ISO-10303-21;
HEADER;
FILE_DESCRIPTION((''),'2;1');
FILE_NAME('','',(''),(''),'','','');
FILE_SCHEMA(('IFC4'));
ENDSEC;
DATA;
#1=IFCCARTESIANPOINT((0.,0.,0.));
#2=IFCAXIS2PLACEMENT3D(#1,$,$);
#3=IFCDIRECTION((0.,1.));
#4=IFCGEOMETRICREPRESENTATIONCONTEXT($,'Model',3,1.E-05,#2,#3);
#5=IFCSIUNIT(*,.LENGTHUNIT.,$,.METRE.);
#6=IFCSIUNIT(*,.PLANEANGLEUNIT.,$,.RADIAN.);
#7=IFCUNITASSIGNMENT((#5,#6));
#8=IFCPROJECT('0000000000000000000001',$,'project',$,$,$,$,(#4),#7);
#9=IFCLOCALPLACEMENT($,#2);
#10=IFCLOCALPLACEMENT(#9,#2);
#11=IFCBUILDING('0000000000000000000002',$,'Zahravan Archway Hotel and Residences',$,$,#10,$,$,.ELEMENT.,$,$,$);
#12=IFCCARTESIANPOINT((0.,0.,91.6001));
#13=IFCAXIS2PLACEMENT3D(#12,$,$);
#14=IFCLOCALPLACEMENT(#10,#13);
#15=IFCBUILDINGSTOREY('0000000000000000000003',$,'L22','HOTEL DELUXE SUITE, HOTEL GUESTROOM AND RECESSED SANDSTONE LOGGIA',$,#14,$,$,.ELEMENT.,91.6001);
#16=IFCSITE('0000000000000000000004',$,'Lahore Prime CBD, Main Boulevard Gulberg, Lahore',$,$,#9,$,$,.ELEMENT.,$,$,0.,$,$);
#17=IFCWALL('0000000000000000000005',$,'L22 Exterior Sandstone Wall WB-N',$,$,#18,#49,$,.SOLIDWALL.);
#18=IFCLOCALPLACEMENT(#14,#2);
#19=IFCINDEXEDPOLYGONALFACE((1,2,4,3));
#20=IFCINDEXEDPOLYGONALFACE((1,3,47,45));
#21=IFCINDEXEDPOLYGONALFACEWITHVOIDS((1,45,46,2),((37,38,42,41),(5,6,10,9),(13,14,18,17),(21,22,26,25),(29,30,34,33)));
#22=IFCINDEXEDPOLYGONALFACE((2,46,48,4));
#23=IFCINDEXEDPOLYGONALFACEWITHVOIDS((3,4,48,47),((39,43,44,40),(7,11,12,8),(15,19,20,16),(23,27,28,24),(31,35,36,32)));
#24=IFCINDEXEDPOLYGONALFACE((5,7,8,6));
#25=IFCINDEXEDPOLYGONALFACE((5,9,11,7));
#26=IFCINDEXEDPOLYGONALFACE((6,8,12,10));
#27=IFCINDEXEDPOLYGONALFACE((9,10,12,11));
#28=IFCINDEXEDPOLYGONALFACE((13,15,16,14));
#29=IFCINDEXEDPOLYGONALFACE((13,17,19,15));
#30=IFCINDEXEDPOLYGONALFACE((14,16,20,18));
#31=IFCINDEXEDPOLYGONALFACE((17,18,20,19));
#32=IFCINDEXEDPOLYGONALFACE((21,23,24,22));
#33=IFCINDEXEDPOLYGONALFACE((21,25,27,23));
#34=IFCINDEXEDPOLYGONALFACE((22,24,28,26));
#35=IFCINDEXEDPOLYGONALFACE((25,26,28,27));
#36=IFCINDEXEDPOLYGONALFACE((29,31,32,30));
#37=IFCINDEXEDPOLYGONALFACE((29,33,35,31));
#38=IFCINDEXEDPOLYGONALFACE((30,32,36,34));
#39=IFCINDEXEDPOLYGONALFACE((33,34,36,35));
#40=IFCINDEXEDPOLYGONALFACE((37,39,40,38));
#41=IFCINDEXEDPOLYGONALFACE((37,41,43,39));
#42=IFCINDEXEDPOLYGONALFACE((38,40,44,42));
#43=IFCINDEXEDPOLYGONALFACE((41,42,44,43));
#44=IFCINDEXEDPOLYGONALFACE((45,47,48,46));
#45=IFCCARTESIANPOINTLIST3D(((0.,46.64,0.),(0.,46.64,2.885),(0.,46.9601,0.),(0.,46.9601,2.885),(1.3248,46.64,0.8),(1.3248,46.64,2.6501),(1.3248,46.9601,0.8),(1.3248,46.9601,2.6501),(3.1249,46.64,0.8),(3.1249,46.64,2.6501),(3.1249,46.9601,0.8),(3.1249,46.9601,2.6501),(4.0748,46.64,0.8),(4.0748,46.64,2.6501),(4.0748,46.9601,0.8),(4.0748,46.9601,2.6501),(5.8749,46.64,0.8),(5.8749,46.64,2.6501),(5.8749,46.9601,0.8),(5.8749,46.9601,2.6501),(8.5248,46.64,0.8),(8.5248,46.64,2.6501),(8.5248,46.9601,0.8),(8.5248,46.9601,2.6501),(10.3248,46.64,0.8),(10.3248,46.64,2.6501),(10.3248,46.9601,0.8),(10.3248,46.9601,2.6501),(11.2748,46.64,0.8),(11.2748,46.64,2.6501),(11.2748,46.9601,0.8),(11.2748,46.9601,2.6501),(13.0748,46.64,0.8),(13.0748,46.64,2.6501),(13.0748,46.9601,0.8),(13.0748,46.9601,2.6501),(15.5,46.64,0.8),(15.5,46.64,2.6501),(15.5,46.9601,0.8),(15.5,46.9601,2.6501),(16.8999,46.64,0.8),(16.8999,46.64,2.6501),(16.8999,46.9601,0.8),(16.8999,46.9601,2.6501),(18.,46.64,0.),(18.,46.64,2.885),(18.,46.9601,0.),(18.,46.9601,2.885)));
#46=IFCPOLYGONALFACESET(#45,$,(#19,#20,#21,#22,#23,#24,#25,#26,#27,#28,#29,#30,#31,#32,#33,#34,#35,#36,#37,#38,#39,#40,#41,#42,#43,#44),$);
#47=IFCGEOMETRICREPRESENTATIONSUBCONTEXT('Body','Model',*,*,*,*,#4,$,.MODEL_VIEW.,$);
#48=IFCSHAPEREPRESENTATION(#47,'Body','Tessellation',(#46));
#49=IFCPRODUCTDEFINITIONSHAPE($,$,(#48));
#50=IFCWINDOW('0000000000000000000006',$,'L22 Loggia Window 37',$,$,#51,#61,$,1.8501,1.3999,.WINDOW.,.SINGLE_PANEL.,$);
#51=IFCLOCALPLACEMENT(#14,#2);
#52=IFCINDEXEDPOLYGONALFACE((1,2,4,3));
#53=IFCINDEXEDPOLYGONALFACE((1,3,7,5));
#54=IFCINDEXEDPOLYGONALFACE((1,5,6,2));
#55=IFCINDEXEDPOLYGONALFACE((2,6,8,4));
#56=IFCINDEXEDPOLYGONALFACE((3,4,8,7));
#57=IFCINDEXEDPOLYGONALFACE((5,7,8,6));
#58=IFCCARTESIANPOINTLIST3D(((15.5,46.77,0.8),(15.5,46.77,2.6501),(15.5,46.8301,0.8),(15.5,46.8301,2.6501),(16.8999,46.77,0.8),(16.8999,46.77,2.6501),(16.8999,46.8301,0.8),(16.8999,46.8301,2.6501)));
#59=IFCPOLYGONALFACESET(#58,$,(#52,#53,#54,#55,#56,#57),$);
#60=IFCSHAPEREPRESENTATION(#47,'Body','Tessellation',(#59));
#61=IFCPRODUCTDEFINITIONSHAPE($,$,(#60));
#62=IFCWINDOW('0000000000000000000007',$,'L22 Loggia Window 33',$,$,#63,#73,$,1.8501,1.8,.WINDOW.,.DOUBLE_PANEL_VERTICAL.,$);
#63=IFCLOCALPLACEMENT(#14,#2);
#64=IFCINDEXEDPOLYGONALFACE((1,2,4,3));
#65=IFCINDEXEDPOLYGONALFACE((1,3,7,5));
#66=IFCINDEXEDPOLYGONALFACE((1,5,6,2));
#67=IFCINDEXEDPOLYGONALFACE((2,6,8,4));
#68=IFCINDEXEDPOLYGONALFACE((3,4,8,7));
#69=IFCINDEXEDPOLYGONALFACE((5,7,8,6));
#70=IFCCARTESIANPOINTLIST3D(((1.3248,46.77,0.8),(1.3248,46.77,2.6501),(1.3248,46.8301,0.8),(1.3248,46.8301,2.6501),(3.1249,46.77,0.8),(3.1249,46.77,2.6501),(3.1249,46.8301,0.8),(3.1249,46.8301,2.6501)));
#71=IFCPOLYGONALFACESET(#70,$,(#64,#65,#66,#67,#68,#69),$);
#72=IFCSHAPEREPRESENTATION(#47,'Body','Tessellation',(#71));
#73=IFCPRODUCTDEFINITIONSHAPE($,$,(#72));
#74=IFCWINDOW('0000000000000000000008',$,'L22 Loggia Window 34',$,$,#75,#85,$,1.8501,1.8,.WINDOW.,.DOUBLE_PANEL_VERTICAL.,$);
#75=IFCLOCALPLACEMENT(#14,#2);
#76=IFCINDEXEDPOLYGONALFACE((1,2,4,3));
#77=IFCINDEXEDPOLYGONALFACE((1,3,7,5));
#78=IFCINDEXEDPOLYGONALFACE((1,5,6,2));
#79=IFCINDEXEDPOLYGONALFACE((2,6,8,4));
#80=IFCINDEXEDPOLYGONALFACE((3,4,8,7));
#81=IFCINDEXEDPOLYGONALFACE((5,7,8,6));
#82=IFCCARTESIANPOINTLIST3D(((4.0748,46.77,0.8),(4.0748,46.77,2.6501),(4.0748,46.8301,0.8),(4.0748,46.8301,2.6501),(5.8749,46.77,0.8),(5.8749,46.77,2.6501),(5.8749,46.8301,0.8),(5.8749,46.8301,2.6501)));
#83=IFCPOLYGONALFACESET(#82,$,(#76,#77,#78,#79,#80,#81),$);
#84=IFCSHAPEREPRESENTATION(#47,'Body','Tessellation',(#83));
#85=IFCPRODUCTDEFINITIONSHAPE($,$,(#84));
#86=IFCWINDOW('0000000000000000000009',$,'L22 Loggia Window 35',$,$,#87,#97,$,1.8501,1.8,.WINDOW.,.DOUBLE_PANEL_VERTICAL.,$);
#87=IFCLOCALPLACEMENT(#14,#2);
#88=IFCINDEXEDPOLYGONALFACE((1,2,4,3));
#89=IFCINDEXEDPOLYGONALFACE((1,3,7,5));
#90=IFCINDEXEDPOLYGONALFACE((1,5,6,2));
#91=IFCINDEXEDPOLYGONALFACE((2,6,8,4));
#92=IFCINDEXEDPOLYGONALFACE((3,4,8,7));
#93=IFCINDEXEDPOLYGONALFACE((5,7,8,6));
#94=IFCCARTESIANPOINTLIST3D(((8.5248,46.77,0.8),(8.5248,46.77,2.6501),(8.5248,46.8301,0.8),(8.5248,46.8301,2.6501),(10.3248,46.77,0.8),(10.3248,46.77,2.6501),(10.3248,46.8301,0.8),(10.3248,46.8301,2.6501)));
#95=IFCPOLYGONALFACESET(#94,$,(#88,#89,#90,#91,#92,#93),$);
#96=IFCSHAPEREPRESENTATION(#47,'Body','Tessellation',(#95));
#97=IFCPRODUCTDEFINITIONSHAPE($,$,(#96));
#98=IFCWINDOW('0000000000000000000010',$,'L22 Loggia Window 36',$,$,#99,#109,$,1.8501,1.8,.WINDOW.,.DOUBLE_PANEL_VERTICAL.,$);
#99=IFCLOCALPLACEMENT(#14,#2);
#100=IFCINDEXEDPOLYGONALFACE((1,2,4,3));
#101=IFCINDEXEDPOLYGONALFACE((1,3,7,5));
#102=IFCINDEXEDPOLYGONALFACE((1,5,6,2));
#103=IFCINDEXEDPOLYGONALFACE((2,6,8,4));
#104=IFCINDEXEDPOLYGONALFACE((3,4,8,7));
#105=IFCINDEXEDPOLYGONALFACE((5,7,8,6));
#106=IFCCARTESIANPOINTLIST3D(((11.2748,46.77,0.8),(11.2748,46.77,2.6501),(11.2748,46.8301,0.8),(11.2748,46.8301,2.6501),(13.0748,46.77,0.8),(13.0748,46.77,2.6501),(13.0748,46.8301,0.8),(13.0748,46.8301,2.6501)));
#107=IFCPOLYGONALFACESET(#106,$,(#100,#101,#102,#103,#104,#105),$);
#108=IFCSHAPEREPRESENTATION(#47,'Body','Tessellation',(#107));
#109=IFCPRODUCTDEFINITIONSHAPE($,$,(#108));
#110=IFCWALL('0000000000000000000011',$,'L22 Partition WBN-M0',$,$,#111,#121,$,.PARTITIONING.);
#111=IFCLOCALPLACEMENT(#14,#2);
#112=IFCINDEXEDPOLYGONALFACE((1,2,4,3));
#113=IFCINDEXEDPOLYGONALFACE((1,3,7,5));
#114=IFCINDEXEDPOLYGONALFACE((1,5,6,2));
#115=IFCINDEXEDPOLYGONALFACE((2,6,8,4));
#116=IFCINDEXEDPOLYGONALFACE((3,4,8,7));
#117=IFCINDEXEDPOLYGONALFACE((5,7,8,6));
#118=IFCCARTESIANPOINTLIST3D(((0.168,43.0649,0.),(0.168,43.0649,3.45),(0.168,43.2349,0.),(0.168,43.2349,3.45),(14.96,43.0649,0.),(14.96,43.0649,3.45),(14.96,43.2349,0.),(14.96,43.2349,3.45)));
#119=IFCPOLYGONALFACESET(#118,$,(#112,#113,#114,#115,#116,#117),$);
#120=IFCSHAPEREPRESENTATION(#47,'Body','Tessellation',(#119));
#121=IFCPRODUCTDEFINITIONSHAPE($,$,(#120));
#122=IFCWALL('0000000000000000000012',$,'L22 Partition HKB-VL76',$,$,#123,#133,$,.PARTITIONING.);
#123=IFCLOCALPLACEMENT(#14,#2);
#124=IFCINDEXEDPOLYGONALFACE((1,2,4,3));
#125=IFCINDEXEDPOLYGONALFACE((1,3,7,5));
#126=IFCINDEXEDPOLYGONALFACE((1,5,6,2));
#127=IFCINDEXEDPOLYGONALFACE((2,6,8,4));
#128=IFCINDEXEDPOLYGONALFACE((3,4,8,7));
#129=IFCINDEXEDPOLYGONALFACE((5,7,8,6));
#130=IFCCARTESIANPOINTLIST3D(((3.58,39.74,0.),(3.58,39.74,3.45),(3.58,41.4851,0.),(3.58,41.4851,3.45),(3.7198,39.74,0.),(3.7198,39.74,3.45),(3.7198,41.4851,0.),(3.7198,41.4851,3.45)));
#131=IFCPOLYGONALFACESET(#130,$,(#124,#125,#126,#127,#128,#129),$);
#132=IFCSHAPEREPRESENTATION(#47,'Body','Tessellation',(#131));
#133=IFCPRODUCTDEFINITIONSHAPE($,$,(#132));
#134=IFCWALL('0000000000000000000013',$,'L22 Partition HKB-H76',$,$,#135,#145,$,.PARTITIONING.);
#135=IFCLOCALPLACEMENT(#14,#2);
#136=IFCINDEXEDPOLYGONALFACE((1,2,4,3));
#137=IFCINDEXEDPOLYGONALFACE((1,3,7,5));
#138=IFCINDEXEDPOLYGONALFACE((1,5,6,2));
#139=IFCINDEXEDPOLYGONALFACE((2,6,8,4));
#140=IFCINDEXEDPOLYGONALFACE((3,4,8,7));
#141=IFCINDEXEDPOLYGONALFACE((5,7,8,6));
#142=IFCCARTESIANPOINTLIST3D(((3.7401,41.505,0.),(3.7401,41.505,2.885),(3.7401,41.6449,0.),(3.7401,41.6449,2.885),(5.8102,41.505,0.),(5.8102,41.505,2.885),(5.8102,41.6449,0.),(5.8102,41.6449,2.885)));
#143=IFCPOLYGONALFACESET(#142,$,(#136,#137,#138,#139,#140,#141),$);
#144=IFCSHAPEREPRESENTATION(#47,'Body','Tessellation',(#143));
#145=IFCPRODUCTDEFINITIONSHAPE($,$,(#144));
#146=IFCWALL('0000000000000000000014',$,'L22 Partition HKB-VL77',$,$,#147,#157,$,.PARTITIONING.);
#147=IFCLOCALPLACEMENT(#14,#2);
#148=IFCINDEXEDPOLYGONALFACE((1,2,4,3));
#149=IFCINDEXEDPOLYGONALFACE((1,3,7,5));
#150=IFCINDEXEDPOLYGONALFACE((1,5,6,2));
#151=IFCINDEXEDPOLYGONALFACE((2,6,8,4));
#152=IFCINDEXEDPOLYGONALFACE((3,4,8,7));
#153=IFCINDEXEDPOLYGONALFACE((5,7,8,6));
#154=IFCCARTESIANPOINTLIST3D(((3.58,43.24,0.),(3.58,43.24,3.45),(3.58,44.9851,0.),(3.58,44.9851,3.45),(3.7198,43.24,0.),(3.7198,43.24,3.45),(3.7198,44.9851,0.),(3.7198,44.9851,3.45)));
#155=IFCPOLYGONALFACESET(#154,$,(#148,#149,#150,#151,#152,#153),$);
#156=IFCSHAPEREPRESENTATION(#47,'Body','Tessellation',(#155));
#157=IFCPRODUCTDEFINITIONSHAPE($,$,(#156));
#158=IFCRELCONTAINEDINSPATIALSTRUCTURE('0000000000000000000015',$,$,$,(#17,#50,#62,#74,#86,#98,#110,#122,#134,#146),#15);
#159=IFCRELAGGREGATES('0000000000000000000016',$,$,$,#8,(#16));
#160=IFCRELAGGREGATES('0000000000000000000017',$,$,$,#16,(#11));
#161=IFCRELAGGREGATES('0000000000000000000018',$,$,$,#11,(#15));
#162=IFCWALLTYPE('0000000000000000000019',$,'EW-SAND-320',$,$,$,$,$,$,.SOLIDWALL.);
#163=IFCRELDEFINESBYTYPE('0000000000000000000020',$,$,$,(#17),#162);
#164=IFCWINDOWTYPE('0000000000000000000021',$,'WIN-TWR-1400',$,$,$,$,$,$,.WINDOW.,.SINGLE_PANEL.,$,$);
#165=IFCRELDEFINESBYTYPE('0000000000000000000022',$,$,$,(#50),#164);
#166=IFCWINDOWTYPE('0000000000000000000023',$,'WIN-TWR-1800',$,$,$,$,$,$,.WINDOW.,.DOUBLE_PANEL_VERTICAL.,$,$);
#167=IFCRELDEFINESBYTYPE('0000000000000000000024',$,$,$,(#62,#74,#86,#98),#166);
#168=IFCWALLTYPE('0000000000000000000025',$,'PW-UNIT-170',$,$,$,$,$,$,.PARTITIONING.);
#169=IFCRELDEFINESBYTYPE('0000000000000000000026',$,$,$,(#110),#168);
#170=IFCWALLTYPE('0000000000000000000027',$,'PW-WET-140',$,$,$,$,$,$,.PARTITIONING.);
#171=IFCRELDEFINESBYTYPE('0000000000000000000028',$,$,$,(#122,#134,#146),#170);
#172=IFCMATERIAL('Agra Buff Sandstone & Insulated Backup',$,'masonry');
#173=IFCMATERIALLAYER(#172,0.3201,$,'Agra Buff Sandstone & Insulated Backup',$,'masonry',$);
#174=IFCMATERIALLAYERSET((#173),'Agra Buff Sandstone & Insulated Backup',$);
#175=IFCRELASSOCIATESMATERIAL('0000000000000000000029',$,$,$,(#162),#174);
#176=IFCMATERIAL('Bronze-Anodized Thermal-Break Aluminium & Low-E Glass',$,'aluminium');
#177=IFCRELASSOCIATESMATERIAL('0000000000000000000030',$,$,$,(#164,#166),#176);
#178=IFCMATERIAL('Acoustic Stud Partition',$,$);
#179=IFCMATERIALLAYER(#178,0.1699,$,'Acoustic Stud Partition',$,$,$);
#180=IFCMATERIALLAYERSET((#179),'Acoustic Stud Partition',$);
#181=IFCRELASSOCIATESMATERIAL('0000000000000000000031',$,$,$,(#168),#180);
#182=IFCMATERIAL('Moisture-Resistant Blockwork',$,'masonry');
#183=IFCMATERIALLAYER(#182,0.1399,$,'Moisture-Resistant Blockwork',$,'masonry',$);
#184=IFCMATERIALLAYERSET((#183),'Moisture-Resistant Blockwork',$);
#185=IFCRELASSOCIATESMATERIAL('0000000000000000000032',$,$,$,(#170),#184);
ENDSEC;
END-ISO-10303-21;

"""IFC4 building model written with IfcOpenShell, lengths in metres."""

from ifc_helpers import new_model, si_unit, direction, frame, frame_2d, origin, place, context, subcontext, project, spatial, rectangle, extrude, source, transform, mapped, material, layer, layer_set, type_object, type_shapes, element, fill, save


model = new_model("IFC4")

# Units and contexts
model_context = context("Model", 3, precision=1e-05, world=origin(), true_north=direction((0.0, 1.0)))
body_context = subcontext(model_context, "Body", "Model", "MODEL_VIEW")
ifc_project = project(units=[si_unit("LENGTHUNIT", "METRE"), si_unit("PLANEANGLEUNIT", "RADIAN")], contexts=[model_context])

# Site, building, storey
site_placement = place(None, origin())
site = spatial("IfcSite", under=ifc_project, at=site_placement, Name="Lahore Prime CBD, Main Boulevard Gulberg, Lahore", CompositionType="ELEMENT", RefElevation=0.0)
building_placement = place(site_placement, origin())
building = spatial("IfcBuilding", under=site, at=building_placement, Name="Zahravan Archway Hotel and Residences", CompositionType="ELEMENT")
storey_placement = place(building_placement, frame((0.0, 0.0, 91.6001)))
storey = spatial("IfcBuildingStorey", under=building, at=storey_placement, Name="L22", Description="HOTEL DELUXE SUITE, HOTEL GUESTROOM AND RECESSED SANDSTONE LOGGIA", CompositionType="ELEMENT", Elevation=91.6001)

# Wall, openings, windows
ifc_material_1 = material(Name="Agra Buff Sandstone & Insulated Backup", Category="masonry")
ifc_layer_1 = layer(ifc_material_1, 0.3201, Name="Agra Buff Sandstone & Insulated Backup", Category="masonry")
ifc_layer_set_1 = layer_set([ifc_layer_1], Name="Agra Buff Sandstone & Insulated Backup")
wall_type_1 = type_object("IfcWallType", Name="EW-SAND-320", PredefinedType="SOLIDWALL", material=ifc_layer_set_1)
wall_1_placement = place(storey_placement, frame((0.0, 46.8, 0.0), z_axis=(0.0, 0.0, 1.0), x_axis=(1.0, 0.0, 0.0)))
wall_1 = element("IfcWall", 1, at=wall_1_placement, inside=storey, type_object=wall_type_1, Name="L22 Exterior Sandstone Wall WB-N", PredefinedType="SOLIDWALL", context=body_context, shape_type="SweptSolid", body=[
    extrude(rectangle(XDim=18.0, YDim=0.3201, at=frame_2d((9.0, 0.0))), origin(), (0.0, 0.0, 1.0), 2.885),
])
opening_1_placement = place(wall_1_placement, frame((1.325, 0.0, 0.8)))
opening_1 = element("IfcOpeningElement", 2, at=opening_1_placement, cuts=wall_1, PredefinedType="OPENING", context=body_context, shape_type="SweptSolid", body=[
    extrude(rectangle(XDim=1.8, YDim=1.8501, at=frame_2d((0.8999, 0.925))), frame((0.0, 0.1699, 0.0), z_axis=(0.0, -1.0, 0.0), x_axis=(1.0, 0.0, 0.0)), (0.0, 0.0, 1.0), 0.3401),
])
opening_2_placement = place(wall_1_placement, frame((4.075, 0.0, 0.8)))
opening_2 = element("IfcOpeningElement", 3, at=opening_2_placement, cuts=wall_1, PredefinedType="OPENING", context=body_context, shape_type="SweptSolid", body=[
    extrude(rectangle(XDim=1.8, YDim=1.8501, at=frame_2d((0.8999, 0.925))), frame((0.0, 0.1699, 0.0), z_axis=(0.0, -1.0, 0.0), x_axis=(1.0, 0.0, 0.0)), (0.0, 0.0, 1.0), 0.3401),
])
opening_3_placement = place(wall_1_placement, frame((8.5249, 0.0, 0.8)))
opening_3 = element("IfcOpeningElement", 4, at=opening_3_placement, cuts=wall_1, PredefinedType="OPENING", context=body_context, shape_type="SweptSolid", body=[
    extrude(rectangle(XDim=1.8, YDim=1.8501, at=frame_2d((0.8999, 0.925))), frame((0.0, 0.1699, 0.0), z_axis=(0.0, -1.0, 0.0), x_axis=(1.0, 0.0, 0.0)), (0.0, 0.0, 1.0), 0.3401),
])
opening_4_placement = place(wall_1_placement, frame((11.2749, 0.0, 0.8)))
opening_4 = element("IfcOpeningElement", 5, at=opening_4_placement, cuts=wall_1, PredefinedType="OPENING", context=body_context, shape_type="SweptSolid", body=[
    extrude(rectangle(XDim=1.8, YDim=1.8501, at=frame_2d((0.8999, 0.925))), frame((0.0, 0.1699, 0.0), z_axis=(0.0, -1.0, 0.0), x_axis=(1.0, 0.0, 0.0)), (0.0, 0.0, 1.0), 0.3401),
])
opening_5_placement = place(wall_1_placement, frame((15.5, 0.0, 0.8)))
opening_5 = element("IfcOpeningElement", 6, at=opening_5_placement, cuts=wall_1, PredefinedType="OPENING", context=body_context, shape_type="SweptSolid", body=[
    extrude(rectangle(XDim=1.3999, YDim=1.8501, at=frame_2d((0.7, 0.925))), frame((0.0, 0.1699, 0.0), z_axis=(0.0, -1.0, 0.0), x_axis=(1.0, 0.0, 0.0)), (0.0, 0.0, 1.0), 0.3401),
])
ifc_material_2 = material(Name="Bronze-Anodized Thermal-Break Aluminium & Low-E Glass", Category="aluminium")
window_type_1 = type_object("IfcWindowType", Name="WIN-TWR-1400", PartitioningType="SINGLE_PANEL", PredefinedType="WINDOW", material=ifc_material_2)
shared_shape_1 = source(origin(), body_context, "Body", "SweptSolid", [
    extrude(rectangle(XDim=1.3999, YDim=1.8501, at=frame_2d((0.7, 0.925))), frame((0.0, 0.03, 0.0), z_axis=(0.0, -1.0, 0.0), x_axis=(1.0, 0.0, 0.0)), (0.0, 0.0, 1.0), 0.0601),
])
type_shapes(window_type_1, [shared_shape_1])
window_1_placement = place(opening_5_placement, origin())
window_1 = element("IfcWindow", 7, at=window_1_placement, inside=storey, type_object=window_type_1, Name="L22 Loggia Window 37", OverallHeight=1.8501, OverallWidth=1.3999, PartitioningType="SINGLE_PANEL", PredefinedType="WINDOW", context=body_context, shape_type="MappedRepresentation", body=[
    mapped(shared_shape_1, transform((0.0, 0.0, 0.0), scale=1.0)),
])
fill(opening_5, window_1)
window_type_2 = type_object("IfcWindowType", Name="WIN-TWR-1800", PartitioningType="DOUBLE_PANEL_VERTICAL", PredefinedType="WINDOW", material=ifc_material_2)
shared_shape_2 = source(origin(), body_context, "Body", "SweptSolid", [
    extrude(rectangle(XDim=1.8, YDim=1.8501, at=frame_2d((0.8999, 0.925))), frame((0.0, 0.03, 0.0), z_axis=(0.0, -1.0, 0.0), x_axis=(1.0, 0.0, 0.0)), (0.0, 0.0, 1.0), 0.0601),
])
type_shapes(window_type_2, [shared_shape_2])
window_2_placement = place(opening_1_placement, origin())
window_2 = element("IfcWindow", 8, at=window_2_placement, inside=storey, type_object=window_type_2, Name="L22 Loggia Window 33", OverallHeight=1.8501, OverallWidth=1.8, PartitioningType="DOUBLE_PANEL_VERTICAL", PredefinedType="WINDOW", context=body_context, shape_type="MappedRepresentation", body=[
    mapped(shared_shape_2, transform((0.0, 0.0, 0.0), scale=1.0)),
])
fill(opening_1, window_2)
window_3_placement = place(opening_2_placement, origin())
window_3 = element("IfcWindow", 9, at=window_3_placement, inside=storey, type_object=window_type_2, Name="L22 Loggia Window 34", OverallHeight=1.8501, OverallWidth=1.8, PartitioningType="DOUBLE_PANEL_VERTICAL", PredefinedType="WINDOW", context=body_context, shape_type="MappedRepresentation", body=[
    mapped(shared_shape_2, transform((0.0, 0.0, 0.0), scale=1.0)),
])
fill(opening_2, window_3)
window_4_placement = place(opening_3_placement, origin())
window_4 = element("IfcWindow", 10, at=window_4_placement, inside=storey, type_object=window_type_2, Name="L22 Loggia Window 35", OverallHeight=1.8501, OverallWidth=1.8, PartitioningType="DOUBLE_PANEL_VERTICAL", PredefinedType="WINDOW", context=body_context, shape_type="MappedRepresentation", body=[
    mapped(shared_shape_2, transform((0.0, 0.0, 0.0), scale=1.0)),
])
fill(opening_3, window_4)
window_5_placement = place(opening_4_placement, origin())
window_5 = element("IfcWindow", 11, at=window_5_placement, inside=storey, type_object=window_type_2, Name="L22 Loggia Window 36", OverallHeight=1.8501, OverallWidth=1.8, PartitioningType="DOUBLE_PANEL_VERTICAL", PredefinedType="WINDOW", context=body_context, shape_type="MappedRepresentation", body=[
    mapped(shared_shape_2, transform((0.0, 0.0, 0.0), scale=1.0)),
])
fill(opening_4, window_5)

# Shared definitions
ifc_material_3 = material(Name="Acoustic Stud Partition")
ifc_layer_2 = layer(ifc_material_3, 0.1699, Name="Acoustic Stud Partition")
ifc_layer_set_2 = layer_set([ifc_layer_2], Name="Acoustic Stud Partition")
wall_type_2 = type_object("IfcWallType", Name="PW-UNIT-170", PredefinedType="PARTITIONING", material=ifc_layer_set_2)

# Walls
wall_2_placement = place(storey_placement, frame((0.168, 43.1499, 0.0), z_axis=(0.0, 0.0, 1.0), x_axis=(1.0, 0.0, 0.0)))
element("IfcWall", 12, at=wall_2_placement, inside=storey, type_object=wall_type_2, Name="L22 Partition WBN-M0", PredefinedType="PARTITIONING", context=body_context, shape_type="SweptSolid", body=[
    extrude(rectangle(XDim=14.792, YDim=0.1699, at=frame_2d((7.396, 0.0))), origin(), (0.0, 0.0, 1.0), 3.45),
])
ifc_material_4 = material(Name="Moisture-Resistant Blockwork", Category="masonry")
ifc_layer_3 = layer(ifc_material_4, 0.1399, Name="Moisture-Resistant Blockwork", Category="masonry")
ifc_layer_set_3 = layer_set([ifc_layer_3], Name="Moisture-Resistant Blockwork")
wall_type_3 = type_object("IfcWallType", Name="PW-WET-140", PredefinedType="PARTITIONING", material=ifc_layer_set_3)
wall_3_placement = place(storey_placement, frame((3.6499, 39.74, 0.0), z_axis=(0.0, 0.0, 1.0), x_axis=(0.0, 1.0, 0.0)))
element("IfcWall", 13, at=wall_3_placement, inside=storey, type_object=wall_type_3, Name="L22 Partition HKB-VL76", PredefinedType="PARTITIONING", context=body_context, shape_type="SweptSolid", body=[
    extrude(rectangle(XDim=1.7451, YDim=0.1399, at=frame_2d((0.8726, 0.0))), origin(), (0.0, 0.0, 1.0), 3.45),
])
wall_4_placement = place(storey_placement, frame((3.74, 41.575, 0.0), z_axis=(0.0, 0.0, 1.0), x_axis=(1.0, 0.0, 0.0)))
element("IfcWall", 14, at=wall_4_placement, inside=storey, type_object=wall_type_3, Name="L22 Partition HKB-H76", PredefinedType="PARTITIONING", context=body_context, shape_type="SweptSolid", body=[
    extrude(rectangle(XDim=2.0701, YDim=0.1399, at=frame_2d((1.0352, 0.0))), origin(), (0.0, 0.0, 1.0), 2.885),
])
wall_5_placement = place(storey_placement, frame((3.6499, 43.24, 0.0), z_axis=(0.0, 0.0, 1.0), x_axis=(0.0, 1.0, 0.0)))
element("IfcWall", 15, at=wall_5_placement, inside=storey, type_object=wall_type_3, Name="L22 Partition HKB-VL77", PredefinedType="PARTITIONING", context=body_context, shape_type="SweptSolid", body=[
    extrude(rectangle(XDim=1.7451, YDim=0.1399, at=frame_2d((0.8726, 0.0))), origin(), (0.0, 0.0, 1.0), 3.45),
])

save(model, "model.ifc")
